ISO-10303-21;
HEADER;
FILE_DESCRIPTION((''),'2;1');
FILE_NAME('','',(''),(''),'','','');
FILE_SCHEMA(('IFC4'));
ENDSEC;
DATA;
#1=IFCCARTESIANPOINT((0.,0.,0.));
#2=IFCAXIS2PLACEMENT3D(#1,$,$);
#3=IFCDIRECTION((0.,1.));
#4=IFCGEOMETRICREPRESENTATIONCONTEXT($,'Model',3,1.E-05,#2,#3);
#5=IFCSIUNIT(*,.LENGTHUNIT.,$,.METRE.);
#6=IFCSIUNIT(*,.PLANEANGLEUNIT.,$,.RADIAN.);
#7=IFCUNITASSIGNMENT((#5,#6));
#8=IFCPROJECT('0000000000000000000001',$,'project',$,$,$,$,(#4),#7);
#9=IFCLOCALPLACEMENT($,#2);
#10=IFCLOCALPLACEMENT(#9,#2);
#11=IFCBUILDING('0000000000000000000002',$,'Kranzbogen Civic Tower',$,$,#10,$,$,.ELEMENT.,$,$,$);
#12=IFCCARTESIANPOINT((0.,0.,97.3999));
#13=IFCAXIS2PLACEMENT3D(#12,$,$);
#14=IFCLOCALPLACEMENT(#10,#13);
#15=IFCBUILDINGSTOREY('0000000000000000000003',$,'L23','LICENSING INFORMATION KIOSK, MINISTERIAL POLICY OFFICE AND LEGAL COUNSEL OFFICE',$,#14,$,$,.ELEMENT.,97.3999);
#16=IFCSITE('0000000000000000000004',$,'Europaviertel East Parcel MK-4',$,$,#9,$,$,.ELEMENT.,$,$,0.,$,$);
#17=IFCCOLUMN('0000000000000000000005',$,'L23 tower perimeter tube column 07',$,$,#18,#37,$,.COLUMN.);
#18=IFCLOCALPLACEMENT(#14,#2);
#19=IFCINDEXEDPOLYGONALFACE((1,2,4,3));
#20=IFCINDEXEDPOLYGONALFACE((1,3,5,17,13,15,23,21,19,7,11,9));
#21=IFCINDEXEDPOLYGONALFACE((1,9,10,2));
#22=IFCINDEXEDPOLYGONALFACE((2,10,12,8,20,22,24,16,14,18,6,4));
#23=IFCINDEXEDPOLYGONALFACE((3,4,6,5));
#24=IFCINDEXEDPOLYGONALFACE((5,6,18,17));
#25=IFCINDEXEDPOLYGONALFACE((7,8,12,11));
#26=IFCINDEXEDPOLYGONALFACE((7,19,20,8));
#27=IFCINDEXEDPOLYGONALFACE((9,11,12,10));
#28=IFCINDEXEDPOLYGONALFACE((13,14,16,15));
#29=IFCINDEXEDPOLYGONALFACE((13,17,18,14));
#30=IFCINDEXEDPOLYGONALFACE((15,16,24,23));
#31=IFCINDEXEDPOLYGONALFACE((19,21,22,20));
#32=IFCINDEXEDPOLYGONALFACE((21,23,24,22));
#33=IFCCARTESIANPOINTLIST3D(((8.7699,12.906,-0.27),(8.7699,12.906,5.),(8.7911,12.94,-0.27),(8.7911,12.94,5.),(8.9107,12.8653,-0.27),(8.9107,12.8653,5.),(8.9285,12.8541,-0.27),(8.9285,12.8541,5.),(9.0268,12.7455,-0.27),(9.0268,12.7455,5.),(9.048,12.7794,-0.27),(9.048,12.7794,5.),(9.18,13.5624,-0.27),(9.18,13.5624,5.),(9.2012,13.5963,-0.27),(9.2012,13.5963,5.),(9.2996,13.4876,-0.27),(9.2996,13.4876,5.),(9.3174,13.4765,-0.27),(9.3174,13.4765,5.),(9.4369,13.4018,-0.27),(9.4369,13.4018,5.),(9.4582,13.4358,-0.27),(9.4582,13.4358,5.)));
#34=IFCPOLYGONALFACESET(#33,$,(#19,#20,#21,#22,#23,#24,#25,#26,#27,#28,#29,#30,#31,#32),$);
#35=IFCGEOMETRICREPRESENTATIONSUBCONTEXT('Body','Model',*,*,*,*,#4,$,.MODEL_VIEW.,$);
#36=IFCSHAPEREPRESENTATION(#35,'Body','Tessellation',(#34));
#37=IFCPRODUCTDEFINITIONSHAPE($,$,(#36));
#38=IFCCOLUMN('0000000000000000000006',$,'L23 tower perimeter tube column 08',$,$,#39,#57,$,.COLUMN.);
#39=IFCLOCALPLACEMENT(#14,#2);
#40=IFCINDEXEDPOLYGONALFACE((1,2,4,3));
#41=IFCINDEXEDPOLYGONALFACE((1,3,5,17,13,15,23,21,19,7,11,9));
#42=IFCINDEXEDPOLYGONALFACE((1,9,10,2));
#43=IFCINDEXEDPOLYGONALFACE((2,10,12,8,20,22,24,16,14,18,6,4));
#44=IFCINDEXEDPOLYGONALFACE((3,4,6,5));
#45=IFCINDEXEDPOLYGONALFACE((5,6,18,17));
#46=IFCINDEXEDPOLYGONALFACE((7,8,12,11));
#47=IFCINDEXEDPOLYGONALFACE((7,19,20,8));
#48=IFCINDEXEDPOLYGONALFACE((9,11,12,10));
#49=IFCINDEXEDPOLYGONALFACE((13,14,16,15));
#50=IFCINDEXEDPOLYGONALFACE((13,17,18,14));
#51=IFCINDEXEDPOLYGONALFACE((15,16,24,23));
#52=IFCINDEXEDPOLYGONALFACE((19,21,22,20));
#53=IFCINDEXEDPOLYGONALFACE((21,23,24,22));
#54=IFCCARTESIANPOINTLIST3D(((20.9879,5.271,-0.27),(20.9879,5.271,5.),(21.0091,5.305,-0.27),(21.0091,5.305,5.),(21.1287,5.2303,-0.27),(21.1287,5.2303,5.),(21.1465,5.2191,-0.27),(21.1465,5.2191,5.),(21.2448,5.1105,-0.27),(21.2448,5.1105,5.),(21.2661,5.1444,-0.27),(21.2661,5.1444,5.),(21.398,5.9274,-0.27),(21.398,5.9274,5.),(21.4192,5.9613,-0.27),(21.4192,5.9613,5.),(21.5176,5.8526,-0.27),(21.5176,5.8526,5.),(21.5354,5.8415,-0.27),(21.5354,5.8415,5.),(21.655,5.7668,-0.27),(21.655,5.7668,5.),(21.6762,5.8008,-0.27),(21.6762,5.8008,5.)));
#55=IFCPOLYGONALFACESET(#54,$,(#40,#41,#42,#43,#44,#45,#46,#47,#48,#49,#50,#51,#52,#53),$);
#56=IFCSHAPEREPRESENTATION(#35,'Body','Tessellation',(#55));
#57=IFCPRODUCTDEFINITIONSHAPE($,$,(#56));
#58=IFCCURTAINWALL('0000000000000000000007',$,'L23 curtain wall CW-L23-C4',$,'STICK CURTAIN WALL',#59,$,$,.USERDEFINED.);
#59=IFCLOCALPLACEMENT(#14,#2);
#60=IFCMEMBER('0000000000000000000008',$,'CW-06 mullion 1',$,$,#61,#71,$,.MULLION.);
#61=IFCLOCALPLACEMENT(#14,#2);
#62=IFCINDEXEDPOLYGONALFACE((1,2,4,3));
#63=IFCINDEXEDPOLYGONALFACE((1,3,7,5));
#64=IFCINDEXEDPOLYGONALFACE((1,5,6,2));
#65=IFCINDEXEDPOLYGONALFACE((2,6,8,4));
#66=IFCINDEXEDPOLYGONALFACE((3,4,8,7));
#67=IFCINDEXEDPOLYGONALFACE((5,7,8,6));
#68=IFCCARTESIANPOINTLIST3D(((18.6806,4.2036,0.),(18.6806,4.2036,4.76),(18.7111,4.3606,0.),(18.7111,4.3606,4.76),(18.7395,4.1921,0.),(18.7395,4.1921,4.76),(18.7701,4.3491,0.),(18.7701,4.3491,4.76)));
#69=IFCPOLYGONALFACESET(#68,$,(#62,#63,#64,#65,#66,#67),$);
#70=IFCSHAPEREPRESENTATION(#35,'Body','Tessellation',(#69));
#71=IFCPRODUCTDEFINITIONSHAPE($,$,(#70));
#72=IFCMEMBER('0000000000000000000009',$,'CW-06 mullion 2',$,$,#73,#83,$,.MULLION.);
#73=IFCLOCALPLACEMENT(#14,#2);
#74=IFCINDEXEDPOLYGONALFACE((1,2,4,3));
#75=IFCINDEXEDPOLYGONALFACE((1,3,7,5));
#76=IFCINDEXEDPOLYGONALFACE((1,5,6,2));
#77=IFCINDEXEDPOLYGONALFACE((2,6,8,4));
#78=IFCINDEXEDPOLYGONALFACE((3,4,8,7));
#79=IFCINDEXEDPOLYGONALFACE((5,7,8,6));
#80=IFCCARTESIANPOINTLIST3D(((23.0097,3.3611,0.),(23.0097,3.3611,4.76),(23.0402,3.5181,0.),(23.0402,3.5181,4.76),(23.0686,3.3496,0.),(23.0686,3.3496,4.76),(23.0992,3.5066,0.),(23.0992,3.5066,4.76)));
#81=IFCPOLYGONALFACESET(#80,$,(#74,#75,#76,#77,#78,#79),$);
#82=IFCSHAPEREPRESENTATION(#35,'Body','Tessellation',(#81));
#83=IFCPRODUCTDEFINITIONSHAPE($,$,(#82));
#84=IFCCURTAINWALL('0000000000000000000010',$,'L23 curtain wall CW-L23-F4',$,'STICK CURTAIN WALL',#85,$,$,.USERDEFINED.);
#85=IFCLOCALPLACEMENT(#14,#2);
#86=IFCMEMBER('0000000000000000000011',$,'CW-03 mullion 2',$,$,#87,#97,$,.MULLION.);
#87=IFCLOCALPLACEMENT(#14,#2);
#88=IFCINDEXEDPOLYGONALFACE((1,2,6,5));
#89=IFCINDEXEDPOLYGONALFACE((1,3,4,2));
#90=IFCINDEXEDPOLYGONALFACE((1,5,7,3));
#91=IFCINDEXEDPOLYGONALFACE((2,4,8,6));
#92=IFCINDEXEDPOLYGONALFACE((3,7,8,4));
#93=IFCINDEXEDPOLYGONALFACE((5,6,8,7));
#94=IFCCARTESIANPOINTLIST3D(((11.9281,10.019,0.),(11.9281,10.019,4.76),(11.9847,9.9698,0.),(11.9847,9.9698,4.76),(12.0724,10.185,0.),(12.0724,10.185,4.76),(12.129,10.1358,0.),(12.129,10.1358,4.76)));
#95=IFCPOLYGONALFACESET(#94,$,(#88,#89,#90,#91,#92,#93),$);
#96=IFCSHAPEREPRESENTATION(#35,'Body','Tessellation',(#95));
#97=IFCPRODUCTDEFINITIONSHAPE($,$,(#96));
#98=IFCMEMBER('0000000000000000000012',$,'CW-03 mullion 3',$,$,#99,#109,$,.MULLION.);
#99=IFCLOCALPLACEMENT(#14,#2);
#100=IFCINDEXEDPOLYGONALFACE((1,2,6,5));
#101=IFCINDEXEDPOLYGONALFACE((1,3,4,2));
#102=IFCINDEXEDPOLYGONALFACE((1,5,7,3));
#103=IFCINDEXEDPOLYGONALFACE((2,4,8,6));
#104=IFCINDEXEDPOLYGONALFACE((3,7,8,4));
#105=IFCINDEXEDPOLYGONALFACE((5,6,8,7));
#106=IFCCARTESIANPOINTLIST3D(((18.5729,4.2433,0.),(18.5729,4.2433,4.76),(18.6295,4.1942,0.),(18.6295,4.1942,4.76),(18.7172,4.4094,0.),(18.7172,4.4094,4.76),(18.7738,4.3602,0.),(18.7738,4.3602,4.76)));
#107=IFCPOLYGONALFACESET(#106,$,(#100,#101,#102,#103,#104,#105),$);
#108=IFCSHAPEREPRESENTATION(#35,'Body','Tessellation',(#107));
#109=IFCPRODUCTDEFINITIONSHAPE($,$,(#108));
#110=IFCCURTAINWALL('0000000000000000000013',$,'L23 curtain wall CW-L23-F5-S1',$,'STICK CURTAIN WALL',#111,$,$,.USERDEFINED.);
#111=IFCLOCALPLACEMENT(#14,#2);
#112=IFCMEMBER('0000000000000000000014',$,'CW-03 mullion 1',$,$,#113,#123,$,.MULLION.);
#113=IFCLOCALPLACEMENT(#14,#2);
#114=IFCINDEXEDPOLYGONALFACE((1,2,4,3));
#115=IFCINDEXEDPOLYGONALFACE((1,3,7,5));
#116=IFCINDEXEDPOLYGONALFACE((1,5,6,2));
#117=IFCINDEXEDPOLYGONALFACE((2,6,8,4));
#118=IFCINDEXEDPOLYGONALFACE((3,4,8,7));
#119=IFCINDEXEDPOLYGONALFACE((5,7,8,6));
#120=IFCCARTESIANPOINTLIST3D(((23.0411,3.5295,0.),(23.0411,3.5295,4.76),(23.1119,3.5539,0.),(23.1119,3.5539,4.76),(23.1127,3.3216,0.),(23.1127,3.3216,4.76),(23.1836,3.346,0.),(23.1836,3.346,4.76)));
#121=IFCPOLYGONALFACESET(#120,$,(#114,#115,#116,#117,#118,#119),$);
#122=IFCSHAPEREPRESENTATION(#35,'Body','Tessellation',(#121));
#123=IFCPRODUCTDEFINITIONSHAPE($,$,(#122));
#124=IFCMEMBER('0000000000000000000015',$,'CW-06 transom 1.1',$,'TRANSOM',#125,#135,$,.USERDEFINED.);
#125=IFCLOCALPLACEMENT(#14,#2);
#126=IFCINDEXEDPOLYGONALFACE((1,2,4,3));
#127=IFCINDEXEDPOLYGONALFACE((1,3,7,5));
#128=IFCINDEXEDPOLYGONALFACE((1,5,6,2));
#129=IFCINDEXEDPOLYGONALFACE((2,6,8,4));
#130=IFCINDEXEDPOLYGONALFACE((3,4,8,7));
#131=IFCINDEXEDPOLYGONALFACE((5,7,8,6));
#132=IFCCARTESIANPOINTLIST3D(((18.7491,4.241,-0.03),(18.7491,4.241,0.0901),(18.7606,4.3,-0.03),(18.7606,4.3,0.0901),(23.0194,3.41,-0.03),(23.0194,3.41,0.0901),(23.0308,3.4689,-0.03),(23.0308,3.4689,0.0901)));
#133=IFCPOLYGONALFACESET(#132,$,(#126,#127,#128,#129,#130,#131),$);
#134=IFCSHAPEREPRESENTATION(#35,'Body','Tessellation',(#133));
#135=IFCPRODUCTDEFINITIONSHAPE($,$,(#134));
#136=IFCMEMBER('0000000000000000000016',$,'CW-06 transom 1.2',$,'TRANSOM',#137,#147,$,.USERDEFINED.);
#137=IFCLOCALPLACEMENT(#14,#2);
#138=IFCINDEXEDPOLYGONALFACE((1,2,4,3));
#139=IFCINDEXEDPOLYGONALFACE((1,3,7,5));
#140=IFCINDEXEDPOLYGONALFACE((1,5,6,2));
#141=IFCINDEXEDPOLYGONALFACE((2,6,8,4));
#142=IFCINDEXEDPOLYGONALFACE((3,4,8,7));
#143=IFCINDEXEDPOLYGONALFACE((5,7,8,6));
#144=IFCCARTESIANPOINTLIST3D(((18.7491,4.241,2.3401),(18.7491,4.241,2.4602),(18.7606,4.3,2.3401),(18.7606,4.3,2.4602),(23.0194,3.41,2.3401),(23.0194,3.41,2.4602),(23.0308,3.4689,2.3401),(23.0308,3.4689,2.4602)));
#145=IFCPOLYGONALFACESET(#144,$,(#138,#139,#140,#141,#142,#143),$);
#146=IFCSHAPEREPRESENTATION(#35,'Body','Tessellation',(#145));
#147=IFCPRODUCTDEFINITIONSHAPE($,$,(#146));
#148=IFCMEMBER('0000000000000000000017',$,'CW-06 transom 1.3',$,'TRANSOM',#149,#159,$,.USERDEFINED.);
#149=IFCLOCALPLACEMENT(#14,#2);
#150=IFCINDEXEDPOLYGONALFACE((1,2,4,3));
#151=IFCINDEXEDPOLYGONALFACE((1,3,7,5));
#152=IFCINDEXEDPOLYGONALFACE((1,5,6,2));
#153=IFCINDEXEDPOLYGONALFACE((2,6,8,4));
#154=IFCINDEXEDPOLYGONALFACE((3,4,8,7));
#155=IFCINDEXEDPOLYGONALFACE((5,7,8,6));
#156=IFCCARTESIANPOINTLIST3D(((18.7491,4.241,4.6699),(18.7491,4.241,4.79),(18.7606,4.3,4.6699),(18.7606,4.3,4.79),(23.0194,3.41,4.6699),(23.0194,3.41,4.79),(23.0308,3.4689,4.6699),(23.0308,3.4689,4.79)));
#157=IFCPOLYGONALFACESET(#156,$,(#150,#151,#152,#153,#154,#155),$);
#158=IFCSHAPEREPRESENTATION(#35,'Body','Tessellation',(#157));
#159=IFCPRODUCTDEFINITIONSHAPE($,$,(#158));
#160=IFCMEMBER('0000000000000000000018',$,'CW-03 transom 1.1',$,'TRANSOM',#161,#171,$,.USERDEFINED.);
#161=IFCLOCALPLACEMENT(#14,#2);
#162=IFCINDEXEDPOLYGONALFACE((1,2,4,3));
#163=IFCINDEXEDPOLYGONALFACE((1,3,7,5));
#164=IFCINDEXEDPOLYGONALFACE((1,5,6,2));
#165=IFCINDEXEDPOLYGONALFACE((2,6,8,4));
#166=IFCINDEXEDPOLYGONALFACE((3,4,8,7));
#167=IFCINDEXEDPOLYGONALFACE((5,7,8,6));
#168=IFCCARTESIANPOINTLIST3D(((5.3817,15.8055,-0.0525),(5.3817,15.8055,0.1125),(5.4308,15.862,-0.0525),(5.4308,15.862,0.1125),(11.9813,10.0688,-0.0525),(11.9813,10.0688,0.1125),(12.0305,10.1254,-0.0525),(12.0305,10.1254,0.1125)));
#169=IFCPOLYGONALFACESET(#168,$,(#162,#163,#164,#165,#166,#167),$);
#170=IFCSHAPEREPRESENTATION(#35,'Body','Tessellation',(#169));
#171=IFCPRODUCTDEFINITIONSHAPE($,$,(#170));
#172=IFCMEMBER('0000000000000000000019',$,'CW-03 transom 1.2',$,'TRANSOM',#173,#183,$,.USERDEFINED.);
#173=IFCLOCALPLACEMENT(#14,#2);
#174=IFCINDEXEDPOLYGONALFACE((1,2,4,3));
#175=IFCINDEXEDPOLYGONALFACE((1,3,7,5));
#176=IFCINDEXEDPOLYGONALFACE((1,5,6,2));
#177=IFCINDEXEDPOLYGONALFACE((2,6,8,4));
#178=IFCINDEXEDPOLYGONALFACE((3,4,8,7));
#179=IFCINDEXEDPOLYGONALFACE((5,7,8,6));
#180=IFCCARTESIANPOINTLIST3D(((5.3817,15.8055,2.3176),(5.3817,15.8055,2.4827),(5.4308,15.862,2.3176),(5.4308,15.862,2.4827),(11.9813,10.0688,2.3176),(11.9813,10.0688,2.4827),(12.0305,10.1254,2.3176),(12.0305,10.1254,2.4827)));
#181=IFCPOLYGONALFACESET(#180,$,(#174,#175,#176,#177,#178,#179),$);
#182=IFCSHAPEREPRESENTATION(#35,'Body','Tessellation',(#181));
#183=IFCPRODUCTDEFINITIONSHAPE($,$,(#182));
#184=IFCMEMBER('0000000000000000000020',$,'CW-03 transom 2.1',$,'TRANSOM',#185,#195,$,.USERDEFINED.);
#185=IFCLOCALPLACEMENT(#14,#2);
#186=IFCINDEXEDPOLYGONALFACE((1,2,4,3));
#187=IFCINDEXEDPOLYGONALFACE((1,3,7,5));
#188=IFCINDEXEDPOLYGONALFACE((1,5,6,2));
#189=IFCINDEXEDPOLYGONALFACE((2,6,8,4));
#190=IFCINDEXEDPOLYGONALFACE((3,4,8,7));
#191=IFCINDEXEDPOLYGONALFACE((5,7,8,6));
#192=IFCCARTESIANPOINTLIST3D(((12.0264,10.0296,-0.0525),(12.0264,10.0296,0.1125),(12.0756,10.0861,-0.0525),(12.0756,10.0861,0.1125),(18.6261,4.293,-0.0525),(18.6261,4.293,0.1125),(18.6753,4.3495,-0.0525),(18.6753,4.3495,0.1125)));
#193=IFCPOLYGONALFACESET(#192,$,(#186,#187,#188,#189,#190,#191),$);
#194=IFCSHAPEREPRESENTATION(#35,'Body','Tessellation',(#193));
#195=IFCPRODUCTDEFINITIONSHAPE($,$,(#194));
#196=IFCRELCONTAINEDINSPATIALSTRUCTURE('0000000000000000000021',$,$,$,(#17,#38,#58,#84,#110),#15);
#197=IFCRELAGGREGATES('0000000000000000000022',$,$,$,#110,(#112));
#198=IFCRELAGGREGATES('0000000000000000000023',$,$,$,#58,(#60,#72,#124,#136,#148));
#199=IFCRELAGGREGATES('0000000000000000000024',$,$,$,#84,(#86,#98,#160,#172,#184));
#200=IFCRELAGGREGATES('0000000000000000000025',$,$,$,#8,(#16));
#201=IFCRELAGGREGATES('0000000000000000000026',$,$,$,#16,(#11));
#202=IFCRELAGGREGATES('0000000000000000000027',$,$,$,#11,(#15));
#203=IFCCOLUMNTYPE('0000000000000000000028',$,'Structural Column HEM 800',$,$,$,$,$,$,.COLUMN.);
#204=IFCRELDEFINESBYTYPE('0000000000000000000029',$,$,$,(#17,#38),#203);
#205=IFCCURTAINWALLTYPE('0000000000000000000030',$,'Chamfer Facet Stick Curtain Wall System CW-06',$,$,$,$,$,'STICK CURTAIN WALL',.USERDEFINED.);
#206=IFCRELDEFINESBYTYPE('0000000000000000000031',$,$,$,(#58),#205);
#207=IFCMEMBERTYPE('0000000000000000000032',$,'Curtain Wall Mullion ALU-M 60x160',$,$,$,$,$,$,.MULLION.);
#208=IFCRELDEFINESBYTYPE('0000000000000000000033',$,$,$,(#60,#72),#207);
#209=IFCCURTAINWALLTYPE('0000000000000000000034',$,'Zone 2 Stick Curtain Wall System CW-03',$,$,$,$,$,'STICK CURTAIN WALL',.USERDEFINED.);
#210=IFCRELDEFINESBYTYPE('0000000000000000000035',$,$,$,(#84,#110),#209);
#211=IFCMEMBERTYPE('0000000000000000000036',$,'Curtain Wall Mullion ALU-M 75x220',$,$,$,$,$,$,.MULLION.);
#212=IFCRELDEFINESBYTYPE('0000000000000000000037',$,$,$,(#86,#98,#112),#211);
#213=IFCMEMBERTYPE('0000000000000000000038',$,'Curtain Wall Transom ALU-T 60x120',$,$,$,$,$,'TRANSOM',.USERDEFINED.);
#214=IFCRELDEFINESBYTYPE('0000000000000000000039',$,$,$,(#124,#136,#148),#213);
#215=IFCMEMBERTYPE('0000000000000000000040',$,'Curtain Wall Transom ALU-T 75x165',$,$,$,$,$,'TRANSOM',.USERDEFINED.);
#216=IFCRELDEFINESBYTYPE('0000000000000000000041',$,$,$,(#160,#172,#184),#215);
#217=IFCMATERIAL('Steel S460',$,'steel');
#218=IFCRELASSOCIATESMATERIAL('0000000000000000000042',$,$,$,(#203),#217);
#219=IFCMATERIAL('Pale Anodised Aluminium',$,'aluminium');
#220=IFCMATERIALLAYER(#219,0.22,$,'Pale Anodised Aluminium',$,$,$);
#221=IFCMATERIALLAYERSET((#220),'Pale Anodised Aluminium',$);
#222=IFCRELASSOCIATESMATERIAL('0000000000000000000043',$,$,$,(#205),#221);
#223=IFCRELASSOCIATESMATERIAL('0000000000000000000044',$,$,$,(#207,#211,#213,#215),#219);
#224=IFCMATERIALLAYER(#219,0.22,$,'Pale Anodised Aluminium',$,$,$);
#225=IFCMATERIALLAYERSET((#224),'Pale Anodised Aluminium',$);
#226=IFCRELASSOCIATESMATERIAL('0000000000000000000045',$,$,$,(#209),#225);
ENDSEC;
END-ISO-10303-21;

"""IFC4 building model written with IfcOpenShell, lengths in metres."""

from ifc_helpers import new_model, si_unit, direction, frame, origin, origin_2d, place, context, subcontext, project, spatial, rectangle, i_section, extrude, material, layer, layer_set, material_profile, profile_set, type_object, element, aggregate, save


model = new_model("IFC4")

# Units and contexts
model_context = context("Model", 3, precision=1e-05, world=origin(), true_north=direction((0.0, 1.0)))
body_context = subcontext(model_context, "Body", "Model", "MODEL_VIEW")
ifc_project = project(units=[si_unit("LENGTHUNIT", "METRE"), si_unit("PLANEANGLEUNIT", "RADIAN")], contexts=[model_context])

# Site, building, storey
site_placement = place(None, origin())
site = spatial("IfcSite", under=ifc_project, at=site_placement, Name="Europaviertel East Parcel MK-4", CompositionType="ELEMENT", RefElevation=0.0)
building_placement = place(site_placement, origin())
building = spatial("IfcBuilding", under=site, at=building_placement, Name="Kranzbogen Civic Tower", CompositionType="ELEMENT")
storey_placement = place(building_placement, frame((0.0, 0.0, 97.3999)))
storey = spatial("IfcBuildingStorey", under=building, at=storey_placement, Name="L23", Description="LICENSING INFORMATION KIOSK, MINISTERIAL POLICY OFFICE AND LEGAL COUNSEL OFFICE", CompositionType="ELEMENT", Elevation=97.3999)

# Columns
ifc_material_1 = material(Name="Steel S460", Category="steel")
ifc_material_profile_1 = material_profile(ifc_material_1, i_section(OverallWidth=0.303, OverallDepth=0.814, WebThickness=0.021, FlangeThickness=0.04, at=origin_2d()), Name="HEM 800")
ifc_profile_set_1 = profile_set([ifc_material_profile_1], Name="Steel S460")
column_type = type_object("IfcColumnType", Name="Structural Column HEM 800", PredefinedType="COLUMN", material=ifc_profile_set_1)
for number, where, z_axis, x_axis, name in (
    (1, (9.114, 13.1709, -0.27), (0.0, 0.0, 1.0), (-0.848048, 0.529919, 0.0), "L23 tower perimeter tube column 07"),
    (2, (21.332, 5.5359, -0.27), (0.0, 0.0, 1.0), (-0.848048, 0.529919, 0.0), "L23 tower perimeter tube column 08"),
):
    element("IfcColumn", number, at=place(storey_placement, frame(where, z_axis=z_axis, x_axis=x_axis)), inside=storey, type_object=column_type, Name=name, PredefinedType="COLUMN", context=body_context, shape_type="SweptSolid", body=[
        extrude(i_section(OverallWidth=0.303, OverallDepth=0.814, WebThickness=0.021, FlangeThickness=0.04, at=origin_2d()), origin(), (0.0, 0.0, 1.0), 5.27),
    ])

# Curtain walls, members
ifc_material_2 = material(Name="Pale Anodised Aluminium", Category="aluminium")
ifc_layer_1 = layer(ifc_material_2, 0.22, Name="Pale Anodised Aluminium")
ifc_layer_set_1 = layer_set([ifc_layer_1], Name="Pale Anodised Aluminium")
curtain_wall_type_1 = type_object("IfcCurtainWallType", Name="Chamfer Facet Stick Curtain Wall System CW-06", ElementType="STICK CURTAIN WALL", PredefinedType="USERDEFINED", material=ifc_layer_set_1)
curtain_wall_1_placement = place(storey_placement, origin())
curtain_wall_1 = element("IfcCurtainWall", 3, at=curtain_wall_1_placement, inside=storey, type_object=curtain_wall_type_1, Name="L23 curtain wall CW-L23-C4", ObjectType="STICK CURTAIN WALL", PredefinedType="USERDEFINED")
ifc_material_profile_2 = material_profile(ifc_material_2, rectangle(XDim=0.0601, YDim=0.1599, at=origin_2d()), Name="ALU-M 60x160")
ifc_profile_set_2 = profile_set([ifc_material_profile_2], Name="Pale Anodised Aluminium")
member_type_1 = type_object("IfcMemberType", Name="Curtain Wall Mullion ALU-M 60x160", PredefinedType="MULLION", material=ifc_profile_set_2)
member_1_placement = place(storey_placement, frame((18.7253, 4.2764, 0.0), z_axis=(0.0, 0.0, 1.0), x_axis=(0.981583, -0.191037, 0.0)))
member_1 = element("IfcMember", 4, at=member_1_placement, type_object=member_type_1, Name="CW-06 mullion 1", PredefinedType="MULLION", context=body_context, shape_type="SweptSolid", body=[
    extrude(rectangle(XDim=0.0601, YDim=0.1599, at=origin_2d()), origin(), (0.0, 0.0, 1.0), 4.76),
])
member_2_placement = place(storey_placement, frame((23.0544, 3.4338, 0.0), z_axis=(0.0, 0.0, 1.0), x_axis=(0.981583, -0.191037, 0.0)))
member_2 = element("IfcMember", 5, at=member_2_placement, type_object=member_type_1, Name="CW-06 mullion 2", PredefinedType="MULLION", context=body_context, shape_type="SweptSolid", body=[
    extrude(rectangle(XDim=0.0601, YDim=0.1599, at=origin_2d()), origin(), (0.0, 0.0, 1.0), 4.76),
])
ifc_layer_2 = layer(ifc_material_2, 0.22, Name="Pale Anodised Aluminium")
ifc_layer_set_2 = layer_set([ifc_layer_2], Name="Pale Anodised Aluminium")
curtain_wall_type_2 = type_object("IfcCurtainWallType", Name="Zone 2 Stick Curtain Wall System CW-03", ElementType="STICK CURTAIN WALL", PredefinedType="USERDEFINED", material=ifc_layer_set_2)
curtain_wall_2_placement = place(storey_placement, origin())
curtain_wall_2 = element("IfcCurtainWall", 6, at=curtain_wall_2_placement, inside=storey, type_object=curtain_wall_type_2, Name="L23 curtain wall CW-L23-F4", ObjectType="STICK CURTAIN WALL", PredefinedType="USERDEFINED")
ifc_material_profile_3 = material_profile(ifc_material_2, rectangle(XDim=0.075, YDim=0.22, at=origin_2d()), Name="ALU-M 75x220")
ifc_profile_set_3 = profile_set([ifc_material_profile_3], Name="Pale Anodised Aluminium")
member_type_2 = type_object("IfcMemberType", Name="Curtain Wall Mullion ALU-M 75x220", PredefinedType="MULLION", material=ifc_profile_set_3)
member_3_placement = place(storey_placement, frame((12.0286, 10.0774, 0.0), z_axis=(0.0, 0.0, 1.0), x_axis=(0.754736, -0.656029, 0.0)))
member_3 = element("IfcMember", 7, at=member_3_placement, type_object=member_type_2, Name="CW-03 mullion 2", PredefinedType="MULLION", context=body_context, shape_type="SweptSolid", body=[
    extrude(rectangle(XDim=0.075, YDim=0.22, at=origin_2d()), origin(), (0.0, 0.0, 1.0), 4.76),
])
member_4_placement = place(storey_placement, frame((18.6733, 4.3018, 0.0), z_axis=(0.0, 0.0, 1.0), x_axis=(0.754736, -0.656029, 0.0)))
member_4 = element("IfcMember", 8, at=member_4_placement, type_object=member_type_2, Name="CW-03 mullion 3", PredefinedType="MULLION", context=body_context, shape_type="SweptSolid", body=[
    extrude(rectangle(XDim=0.075, YDim=0.22, at=origin_2d()), origin(), (0.0, 0.0, 1.0), 4.76),
])

# Curtain wall, member
curtain_wall_3_placement = place(storey_placement, origin())
curtain_wall_3 = element("IfcCurtainWall", 9, at=curtain_wall_3_placement, inside=storey, type_object=curtain_wall_type_2, Name="L23 curtain wall CW-L23-F5-S1", ObjectType="STICK CURTAIN WALL", PredefinedType="USERDEFINED")
member_5_placement = place(storey_placement, frame((23.1123, 3.4377, 0.0), z_axis=(0.0, 0.0, 1.0), x_axis=(0.945493, 0.325643, 0.0)))
member_5 = element("IfcMember", 10, at=member_5_placement, type_object=member_type_2, Name="CW-03 mullion 1", PredefinedType="MULLION", context=body_context, shape_type="SweptSolid", body=[
    extrude(rectangle(XDim=0.075, YDim=0.22, at=origin_2d()), origin(), (0.0, 0.0, 1.0), 4.76),
])

# Members
ifc_material_profile_4 = material_profile(ifc_material_2, rectangle(XDim=0.0601, YDim=0.1201, at=origin_2d()), Name="ALU-T 60x120")
ifc_profile_set_4 = profile_set([ifc_material_profile_4], Name="Pale Anodised Aluminium")
member_type_3 = type_object("IfcMemberType", Name="Curtain Wall Transom ALU-T 60x120", ElementType="TRANSOM", PredefinedType="USERDEFINED", material=ifc_profile_set_4)
member_6_placement = place(storey_placement, frame((18.7549, 4.2705, 0.03), z_axis=(0.981584, -0.19103, 0.0), x_axis=(0.19103, 0.981584, 0.0)))
member_6 = element("IfcMember", 11, at=member_6_placement, type_object=member_type_3, Name="CW-06 transom 1.1", ObjectType="TRANSOM", PredefinedType="USERDEFINED", context=body_context, shape_type="SweptSolid", body=[
    extrude(rectangle(XDim=0.0601, YDim=0.1201, at=origin_2d()), origin(), (0.0, 0.0, 1.0), 4.3503),
])
member_7_placement = place(storey_placement, frame((18.7549, 4.2705, 2.4001), z_axis=(0.981584, -0.19103, 0.0), x_axis=(0.19103, 0.981584, 0.0)))
member_7 = element("IfcMember", 12, at=member_7_placement, type_object=member_type_3, Name="CW-06 transom 1.2", ObjectType="TRANSOM", PredefinedType="USERDEFINED", context=body_context, shape_type="SweptSolid", body=[
    extrude(rectangle(XDim=0.0601, YDim=0.1201, at=origin_2d()), origin(), (0.0, 0.0, 1.0), 4.3503),
])
member_8_placement = place(storey_placement, frame((18.7549, 4.2705, 4.73), z_axis=(0.981584, -0.19103, 0.0), x_axis=(0.19103, 0.981584, 0.0)))
member_8 = element("IfcMember", 13, at=member_8_placement, type_object=member_type_3, Name="CW-06 transom 1.3", ObjectType="TRANSOM", PredefinedType="USERDEFINED", context=body_context, shape_type="SweptSolid", body=[
    extrude(rectangle(XDim=0.0601, YDim=0.1201, at=origin_2d()), origin(), (0.0, 0.0, 1.0), 4.3503),
])
ifc_material_profile_5 = material_profile(ifc_material_2, rectangle(XDim=0.075, YDim=0.165, at=origin_2d()), Name="ALU-T 75x165")
ifc_profile_set_5 = profile_set([ifc_material_profile_5], Name="Pale Anodised Aluminium")
member_type_4 = type_object("IfcMemberType", Name="Curtain Wall Transom ALU-T 75x165", ElementType="TRANSOM", PredefinedType="USERDEFINED", material=ifc_profile_set_5)
member_9_placement = place(storey_placement, frame((5.4062, 15.8337, 0.03), z_axis=(0.754731, -0.656034, 0.0), x_axis=(0.656034, 0.754731, 0.0)))
member_9 = element("IfcMember", 14, at=member_9_placement, type_object=member_type_4, Name="CW-03 transom 1.1", ObjectType="TRANSOM", PredefinedType="USERDEFINED", context=body_context, shape_type="SweptSolid", body=[
    extrude(rectangle(XDim=0.075, YDim=0.165, at=origin_2d()), origin(), (0.0, 0.0, 1.0), 8.7444),
])
member_10_placement = place(storey_placement, frame((5.4062, 15.8337, 2.4001), z_axis=(0.754731, -0.656034, 0.0), x_axis=(0.656034, 0.754731, 0.0)))
member_10 = element("IfcMember", 15, at=member_10_placement, type_object=member_type_4, Name="CW-03 transom 1.2", ObjectType="TRANSOM", PredefinedType="USERDEFINED", context=body_context, shape_type="SweptSolid", body=[
    extrude(rectangle(XDim=0.075, YDim=0.165, at=origin_2d()), origin(), (0.0, 0.0, 1.0), 8.7444),
])
member_11_placement = place(storey_placement, frame((12.051, 10.0579, 0.03), z_axis=(0.754731, -0.656034, 0.0), x_axis=(0.656034, 0.754731, 0.0)))
member_11 = element("IfcMember", 16, at=member_11_placement, type_object=member_type_4, Name="CW-03 transom 2.1", ObjectType="TRANSOM", PredefinedType="USERDEFINED", context=body_context, shape_type="SweptSolid", body=[
    extrude(rectangle(XDim=0.075, YDim=0.165, at=origin_2d()), origin(), (0.0, 0.0, 1.0), 8.7444),
])
aggregate(curtain_wall_3, [member_5])

aggregate(curtain_wall_1, [member_1, member_2, member_6, member_7, member_8])
aggregate(curtain_wall_2, [member_3, member_4, member_9, member_10, member_11])

save(model, "model.ifc")
